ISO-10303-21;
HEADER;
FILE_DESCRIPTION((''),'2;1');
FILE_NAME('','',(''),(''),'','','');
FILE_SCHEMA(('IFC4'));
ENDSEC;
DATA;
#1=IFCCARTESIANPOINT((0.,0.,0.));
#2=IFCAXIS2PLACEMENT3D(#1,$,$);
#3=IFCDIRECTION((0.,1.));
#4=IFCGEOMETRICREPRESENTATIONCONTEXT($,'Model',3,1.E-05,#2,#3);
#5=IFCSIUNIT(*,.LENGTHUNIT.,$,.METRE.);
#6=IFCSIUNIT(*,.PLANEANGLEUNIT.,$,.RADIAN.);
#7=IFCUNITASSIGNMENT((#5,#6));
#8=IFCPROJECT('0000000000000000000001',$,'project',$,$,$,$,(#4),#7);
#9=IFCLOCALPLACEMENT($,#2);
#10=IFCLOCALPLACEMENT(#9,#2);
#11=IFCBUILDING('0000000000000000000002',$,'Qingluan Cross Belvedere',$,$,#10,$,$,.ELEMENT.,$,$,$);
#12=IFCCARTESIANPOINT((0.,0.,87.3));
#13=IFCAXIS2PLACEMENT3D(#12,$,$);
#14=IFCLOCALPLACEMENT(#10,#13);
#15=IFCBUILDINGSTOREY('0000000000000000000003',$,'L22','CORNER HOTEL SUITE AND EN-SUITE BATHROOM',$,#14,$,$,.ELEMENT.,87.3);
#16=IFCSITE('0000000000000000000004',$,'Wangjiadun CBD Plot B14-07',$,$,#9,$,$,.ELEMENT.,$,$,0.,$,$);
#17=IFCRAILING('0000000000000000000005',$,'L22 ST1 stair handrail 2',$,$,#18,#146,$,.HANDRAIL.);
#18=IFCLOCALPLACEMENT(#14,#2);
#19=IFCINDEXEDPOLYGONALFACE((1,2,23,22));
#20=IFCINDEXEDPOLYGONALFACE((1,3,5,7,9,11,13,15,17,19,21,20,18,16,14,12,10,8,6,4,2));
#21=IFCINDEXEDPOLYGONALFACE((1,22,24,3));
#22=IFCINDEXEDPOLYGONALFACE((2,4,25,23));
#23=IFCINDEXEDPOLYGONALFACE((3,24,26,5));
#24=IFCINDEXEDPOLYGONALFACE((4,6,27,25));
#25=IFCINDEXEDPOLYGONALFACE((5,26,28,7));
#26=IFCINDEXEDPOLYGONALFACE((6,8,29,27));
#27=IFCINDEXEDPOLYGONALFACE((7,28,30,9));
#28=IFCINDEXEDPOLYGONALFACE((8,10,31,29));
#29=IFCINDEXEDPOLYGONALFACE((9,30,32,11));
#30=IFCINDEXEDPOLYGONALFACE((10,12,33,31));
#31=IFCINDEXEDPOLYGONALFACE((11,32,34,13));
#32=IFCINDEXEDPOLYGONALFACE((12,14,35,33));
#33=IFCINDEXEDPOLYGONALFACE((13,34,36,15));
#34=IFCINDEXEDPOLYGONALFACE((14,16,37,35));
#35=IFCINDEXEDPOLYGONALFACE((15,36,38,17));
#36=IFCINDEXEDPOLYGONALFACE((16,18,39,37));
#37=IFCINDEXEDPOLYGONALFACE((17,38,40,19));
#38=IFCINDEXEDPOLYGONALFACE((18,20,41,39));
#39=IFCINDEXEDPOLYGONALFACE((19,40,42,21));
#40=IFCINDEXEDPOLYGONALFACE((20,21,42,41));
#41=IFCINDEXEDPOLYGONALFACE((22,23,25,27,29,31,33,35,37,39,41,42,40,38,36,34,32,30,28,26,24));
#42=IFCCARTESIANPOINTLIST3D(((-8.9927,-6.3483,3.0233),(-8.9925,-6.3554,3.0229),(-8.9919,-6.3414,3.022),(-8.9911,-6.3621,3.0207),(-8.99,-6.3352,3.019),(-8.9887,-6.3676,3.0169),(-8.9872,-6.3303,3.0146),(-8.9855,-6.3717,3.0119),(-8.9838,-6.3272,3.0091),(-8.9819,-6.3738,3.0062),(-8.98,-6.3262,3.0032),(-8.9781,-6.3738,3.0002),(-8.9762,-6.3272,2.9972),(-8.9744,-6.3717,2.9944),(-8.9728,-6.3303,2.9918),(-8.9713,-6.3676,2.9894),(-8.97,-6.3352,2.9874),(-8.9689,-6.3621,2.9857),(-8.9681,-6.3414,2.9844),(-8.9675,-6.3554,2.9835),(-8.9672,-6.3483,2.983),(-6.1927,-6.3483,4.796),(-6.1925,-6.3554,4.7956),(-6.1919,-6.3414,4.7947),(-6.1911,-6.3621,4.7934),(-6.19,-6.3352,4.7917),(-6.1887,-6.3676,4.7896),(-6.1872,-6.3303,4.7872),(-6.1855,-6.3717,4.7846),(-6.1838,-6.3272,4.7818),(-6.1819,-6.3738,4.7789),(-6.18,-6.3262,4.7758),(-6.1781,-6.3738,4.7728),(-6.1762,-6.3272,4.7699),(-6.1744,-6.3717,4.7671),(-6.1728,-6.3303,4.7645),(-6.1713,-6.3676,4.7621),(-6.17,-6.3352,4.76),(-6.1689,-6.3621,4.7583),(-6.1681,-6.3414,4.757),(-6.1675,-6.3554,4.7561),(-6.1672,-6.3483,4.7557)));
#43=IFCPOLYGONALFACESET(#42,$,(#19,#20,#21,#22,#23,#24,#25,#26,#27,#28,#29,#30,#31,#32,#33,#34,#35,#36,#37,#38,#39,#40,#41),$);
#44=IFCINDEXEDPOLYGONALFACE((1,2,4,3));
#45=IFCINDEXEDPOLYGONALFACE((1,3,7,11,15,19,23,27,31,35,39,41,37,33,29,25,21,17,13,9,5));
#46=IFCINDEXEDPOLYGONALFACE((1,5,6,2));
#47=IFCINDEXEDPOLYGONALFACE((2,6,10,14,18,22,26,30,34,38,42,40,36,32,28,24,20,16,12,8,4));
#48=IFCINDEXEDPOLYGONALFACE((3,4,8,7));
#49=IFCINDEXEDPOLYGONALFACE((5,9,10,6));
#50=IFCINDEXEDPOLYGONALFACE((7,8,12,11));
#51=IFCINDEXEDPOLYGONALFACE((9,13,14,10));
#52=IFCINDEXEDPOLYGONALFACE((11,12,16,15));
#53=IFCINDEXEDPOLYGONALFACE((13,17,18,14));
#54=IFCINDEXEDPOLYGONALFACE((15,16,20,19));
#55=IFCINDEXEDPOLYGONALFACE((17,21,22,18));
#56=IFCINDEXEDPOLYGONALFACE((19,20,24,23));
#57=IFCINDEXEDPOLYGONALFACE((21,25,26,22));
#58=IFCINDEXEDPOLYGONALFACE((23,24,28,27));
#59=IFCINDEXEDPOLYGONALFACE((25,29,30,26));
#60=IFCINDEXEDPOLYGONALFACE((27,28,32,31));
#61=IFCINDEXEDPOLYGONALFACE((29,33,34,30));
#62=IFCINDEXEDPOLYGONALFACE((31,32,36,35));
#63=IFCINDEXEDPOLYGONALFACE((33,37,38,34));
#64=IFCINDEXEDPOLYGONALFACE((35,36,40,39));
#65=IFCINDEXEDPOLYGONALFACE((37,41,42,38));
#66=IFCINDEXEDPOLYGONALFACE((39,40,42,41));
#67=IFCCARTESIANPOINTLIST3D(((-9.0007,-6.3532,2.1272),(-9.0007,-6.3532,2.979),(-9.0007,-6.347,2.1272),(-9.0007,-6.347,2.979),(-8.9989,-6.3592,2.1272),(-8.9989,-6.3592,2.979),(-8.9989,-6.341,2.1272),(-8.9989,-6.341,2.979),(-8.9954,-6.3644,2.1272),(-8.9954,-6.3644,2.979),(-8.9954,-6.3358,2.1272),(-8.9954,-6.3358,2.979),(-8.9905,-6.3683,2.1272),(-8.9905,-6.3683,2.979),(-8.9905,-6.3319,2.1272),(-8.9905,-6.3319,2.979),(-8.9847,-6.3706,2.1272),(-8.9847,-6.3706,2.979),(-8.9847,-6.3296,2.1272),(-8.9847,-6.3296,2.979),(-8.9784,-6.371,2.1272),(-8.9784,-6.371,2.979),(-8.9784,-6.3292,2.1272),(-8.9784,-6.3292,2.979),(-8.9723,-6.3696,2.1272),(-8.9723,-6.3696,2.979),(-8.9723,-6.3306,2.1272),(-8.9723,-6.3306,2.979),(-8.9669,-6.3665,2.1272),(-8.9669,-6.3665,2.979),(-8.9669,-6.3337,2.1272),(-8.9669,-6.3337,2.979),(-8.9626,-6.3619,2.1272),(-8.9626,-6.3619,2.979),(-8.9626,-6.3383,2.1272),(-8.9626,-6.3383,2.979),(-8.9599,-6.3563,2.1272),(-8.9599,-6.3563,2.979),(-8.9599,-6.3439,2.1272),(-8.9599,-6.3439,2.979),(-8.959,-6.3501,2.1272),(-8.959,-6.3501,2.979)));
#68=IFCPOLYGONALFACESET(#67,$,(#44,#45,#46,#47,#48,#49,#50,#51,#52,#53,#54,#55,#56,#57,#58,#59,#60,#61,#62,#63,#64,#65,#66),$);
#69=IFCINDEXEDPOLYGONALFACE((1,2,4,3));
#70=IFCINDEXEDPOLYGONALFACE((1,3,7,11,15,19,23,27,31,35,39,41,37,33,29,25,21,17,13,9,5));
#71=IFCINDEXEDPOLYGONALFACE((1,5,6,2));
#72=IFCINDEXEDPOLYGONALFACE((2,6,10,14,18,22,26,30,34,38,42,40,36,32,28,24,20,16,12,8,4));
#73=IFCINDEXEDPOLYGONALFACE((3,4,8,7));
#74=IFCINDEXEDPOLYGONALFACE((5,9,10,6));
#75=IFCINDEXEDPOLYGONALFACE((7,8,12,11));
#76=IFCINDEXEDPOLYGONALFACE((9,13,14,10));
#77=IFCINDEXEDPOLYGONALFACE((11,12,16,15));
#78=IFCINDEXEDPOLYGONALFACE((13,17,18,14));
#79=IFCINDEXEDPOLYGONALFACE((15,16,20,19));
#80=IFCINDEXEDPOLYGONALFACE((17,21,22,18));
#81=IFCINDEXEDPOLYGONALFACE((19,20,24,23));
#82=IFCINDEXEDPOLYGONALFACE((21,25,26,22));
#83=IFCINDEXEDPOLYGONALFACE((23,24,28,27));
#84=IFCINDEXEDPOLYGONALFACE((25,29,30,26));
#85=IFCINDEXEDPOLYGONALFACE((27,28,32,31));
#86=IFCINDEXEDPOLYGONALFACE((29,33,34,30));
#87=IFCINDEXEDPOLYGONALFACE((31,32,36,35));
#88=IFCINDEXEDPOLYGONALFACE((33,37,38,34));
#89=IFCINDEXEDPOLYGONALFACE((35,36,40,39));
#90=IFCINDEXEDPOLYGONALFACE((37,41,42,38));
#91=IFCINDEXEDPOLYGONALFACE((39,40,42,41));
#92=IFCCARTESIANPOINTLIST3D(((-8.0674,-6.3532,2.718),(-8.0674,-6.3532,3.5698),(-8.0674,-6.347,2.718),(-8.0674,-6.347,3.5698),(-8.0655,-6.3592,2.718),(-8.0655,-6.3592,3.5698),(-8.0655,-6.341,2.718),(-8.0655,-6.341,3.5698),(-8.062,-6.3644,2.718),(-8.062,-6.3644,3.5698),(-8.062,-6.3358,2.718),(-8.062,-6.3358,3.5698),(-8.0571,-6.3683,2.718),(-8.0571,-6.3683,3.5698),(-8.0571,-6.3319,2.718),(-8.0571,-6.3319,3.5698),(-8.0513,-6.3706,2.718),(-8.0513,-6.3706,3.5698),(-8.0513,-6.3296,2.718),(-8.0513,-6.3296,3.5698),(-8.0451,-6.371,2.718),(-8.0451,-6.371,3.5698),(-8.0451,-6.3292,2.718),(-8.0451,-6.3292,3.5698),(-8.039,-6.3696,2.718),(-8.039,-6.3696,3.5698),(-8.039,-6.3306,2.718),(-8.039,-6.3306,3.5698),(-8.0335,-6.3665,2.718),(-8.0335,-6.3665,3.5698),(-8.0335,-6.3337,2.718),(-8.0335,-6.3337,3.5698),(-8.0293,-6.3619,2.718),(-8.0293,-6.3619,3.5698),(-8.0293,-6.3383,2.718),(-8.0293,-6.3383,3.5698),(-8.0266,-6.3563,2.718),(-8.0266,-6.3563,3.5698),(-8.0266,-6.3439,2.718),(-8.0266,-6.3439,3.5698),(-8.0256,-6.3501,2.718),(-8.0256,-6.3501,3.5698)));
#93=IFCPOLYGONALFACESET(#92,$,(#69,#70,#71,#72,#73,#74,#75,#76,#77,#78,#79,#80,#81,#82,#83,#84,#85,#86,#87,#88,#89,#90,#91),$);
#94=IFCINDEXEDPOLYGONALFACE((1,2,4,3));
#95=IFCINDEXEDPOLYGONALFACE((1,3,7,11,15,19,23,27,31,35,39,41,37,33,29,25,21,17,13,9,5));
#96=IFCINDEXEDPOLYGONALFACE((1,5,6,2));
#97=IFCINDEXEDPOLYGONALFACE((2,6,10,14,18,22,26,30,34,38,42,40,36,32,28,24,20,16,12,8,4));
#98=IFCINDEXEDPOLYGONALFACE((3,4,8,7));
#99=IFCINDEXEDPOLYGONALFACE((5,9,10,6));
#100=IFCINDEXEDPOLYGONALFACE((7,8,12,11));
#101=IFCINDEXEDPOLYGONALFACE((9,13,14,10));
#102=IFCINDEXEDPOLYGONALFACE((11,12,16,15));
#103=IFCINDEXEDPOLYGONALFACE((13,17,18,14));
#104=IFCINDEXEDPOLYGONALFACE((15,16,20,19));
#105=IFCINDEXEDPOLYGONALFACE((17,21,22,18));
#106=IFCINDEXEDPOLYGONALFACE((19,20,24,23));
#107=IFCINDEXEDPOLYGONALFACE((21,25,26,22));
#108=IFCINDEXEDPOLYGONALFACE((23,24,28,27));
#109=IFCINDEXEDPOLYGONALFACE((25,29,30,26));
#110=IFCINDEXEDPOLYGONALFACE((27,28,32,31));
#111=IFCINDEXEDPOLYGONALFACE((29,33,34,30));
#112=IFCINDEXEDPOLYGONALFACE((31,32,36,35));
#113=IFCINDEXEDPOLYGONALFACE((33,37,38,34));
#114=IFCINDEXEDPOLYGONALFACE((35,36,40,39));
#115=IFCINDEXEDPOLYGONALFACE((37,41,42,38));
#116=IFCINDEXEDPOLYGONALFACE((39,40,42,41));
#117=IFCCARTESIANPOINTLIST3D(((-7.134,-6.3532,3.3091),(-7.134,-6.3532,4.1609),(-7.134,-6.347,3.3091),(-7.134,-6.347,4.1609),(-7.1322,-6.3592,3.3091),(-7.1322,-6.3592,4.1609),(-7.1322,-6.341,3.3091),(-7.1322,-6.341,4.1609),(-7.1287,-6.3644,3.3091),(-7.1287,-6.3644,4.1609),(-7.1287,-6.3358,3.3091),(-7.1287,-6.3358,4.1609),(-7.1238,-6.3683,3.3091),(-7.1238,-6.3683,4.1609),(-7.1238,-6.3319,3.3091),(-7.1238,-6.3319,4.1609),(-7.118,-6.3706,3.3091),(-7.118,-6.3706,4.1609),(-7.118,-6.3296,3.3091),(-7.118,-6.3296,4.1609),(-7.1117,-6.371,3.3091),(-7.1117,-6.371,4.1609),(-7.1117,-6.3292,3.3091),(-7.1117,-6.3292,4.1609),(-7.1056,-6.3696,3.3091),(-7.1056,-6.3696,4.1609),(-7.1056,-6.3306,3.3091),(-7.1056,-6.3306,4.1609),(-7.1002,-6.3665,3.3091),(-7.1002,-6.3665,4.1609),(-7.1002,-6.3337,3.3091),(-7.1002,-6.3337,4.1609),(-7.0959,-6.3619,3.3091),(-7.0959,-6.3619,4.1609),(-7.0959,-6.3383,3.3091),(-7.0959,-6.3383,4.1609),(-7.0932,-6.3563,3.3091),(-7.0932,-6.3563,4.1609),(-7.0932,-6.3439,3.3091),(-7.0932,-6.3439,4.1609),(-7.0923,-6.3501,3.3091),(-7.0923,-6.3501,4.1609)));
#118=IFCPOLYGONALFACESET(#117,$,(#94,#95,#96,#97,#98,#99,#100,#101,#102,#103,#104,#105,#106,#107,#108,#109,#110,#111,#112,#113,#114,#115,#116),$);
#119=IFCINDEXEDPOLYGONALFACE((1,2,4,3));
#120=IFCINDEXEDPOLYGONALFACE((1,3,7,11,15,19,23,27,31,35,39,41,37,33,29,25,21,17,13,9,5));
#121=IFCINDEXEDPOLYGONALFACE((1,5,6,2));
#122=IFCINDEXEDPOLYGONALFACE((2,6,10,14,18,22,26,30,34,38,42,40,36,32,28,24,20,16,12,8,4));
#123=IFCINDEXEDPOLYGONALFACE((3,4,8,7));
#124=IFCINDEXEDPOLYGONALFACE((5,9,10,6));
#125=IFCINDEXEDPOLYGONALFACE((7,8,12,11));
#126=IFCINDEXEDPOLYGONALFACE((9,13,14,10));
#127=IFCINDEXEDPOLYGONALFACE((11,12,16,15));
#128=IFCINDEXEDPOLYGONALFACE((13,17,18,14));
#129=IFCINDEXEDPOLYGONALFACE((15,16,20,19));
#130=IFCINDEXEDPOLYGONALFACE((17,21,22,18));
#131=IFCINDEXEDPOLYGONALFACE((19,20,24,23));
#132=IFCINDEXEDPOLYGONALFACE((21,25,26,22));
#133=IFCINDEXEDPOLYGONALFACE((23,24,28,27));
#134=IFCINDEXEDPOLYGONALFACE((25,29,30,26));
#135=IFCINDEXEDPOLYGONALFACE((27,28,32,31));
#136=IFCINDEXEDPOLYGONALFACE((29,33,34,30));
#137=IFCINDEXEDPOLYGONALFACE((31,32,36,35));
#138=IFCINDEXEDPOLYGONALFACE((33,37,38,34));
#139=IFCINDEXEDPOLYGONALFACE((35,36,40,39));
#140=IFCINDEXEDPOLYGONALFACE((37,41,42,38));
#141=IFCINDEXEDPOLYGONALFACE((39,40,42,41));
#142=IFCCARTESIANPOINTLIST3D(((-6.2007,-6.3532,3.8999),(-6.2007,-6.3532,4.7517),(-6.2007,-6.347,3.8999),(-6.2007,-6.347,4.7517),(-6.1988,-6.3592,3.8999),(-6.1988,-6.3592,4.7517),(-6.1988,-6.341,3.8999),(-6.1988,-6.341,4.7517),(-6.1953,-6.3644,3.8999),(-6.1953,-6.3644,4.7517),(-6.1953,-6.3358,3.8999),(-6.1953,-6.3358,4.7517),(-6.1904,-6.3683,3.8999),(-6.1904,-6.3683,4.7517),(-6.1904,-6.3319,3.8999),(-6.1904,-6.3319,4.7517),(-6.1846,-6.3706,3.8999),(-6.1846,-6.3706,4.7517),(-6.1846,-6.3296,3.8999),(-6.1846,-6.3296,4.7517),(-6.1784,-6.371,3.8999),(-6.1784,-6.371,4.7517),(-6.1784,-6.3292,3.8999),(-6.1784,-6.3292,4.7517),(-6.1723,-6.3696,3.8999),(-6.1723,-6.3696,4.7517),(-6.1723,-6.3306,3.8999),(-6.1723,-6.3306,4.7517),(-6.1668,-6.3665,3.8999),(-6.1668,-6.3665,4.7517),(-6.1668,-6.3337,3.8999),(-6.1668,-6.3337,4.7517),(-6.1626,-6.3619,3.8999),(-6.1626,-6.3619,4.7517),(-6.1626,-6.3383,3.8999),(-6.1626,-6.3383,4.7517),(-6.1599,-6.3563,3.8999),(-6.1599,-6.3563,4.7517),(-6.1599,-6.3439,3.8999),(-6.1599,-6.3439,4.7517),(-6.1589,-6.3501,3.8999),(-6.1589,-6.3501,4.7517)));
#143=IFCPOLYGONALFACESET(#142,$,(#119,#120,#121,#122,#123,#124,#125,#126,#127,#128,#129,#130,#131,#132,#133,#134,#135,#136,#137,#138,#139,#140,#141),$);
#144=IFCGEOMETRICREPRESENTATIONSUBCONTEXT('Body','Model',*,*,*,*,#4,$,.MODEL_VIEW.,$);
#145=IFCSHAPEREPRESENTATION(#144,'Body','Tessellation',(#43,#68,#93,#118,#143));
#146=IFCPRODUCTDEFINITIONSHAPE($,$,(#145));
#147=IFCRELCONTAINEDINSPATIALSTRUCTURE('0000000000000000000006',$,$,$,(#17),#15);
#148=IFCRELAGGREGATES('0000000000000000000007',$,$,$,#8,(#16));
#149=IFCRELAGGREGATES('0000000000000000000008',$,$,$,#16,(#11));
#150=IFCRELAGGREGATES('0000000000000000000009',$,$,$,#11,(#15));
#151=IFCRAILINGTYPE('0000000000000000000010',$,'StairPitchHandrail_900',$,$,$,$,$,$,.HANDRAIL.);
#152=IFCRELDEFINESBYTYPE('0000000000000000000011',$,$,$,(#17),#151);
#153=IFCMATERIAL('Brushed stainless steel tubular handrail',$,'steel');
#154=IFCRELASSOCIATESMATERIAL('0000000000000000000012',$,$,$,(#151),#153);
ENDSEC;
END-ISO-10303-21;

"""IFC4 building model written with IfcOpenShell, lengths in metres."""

from ifc_helpers import new_model, si_unit, direction, frame, origin, origin_2d, place, context, subcontext, project, spatial, circle, extrude, material, type_object, element, save


model = new_model("IFC4")

# Units and contexts
model_context = context("Model", 3, precision=1e-05, world=origin(), true_north=direction((0.0, 1.0)))
body_context = subcontext(model_context, "Body", "Model", "MODEL_VIEW")
ifc_project = project(units=[si_unit("LENGTHUNIT", "METRE"), si_unit("PLANEANGLEUNIT", "RADIAN")], contexts=[model_context])

# Site, building, storey
site_placement = place(None, origin())
site = spatial("IfcSite", under=ifc_project, at=site_placement, Name="Wangjiadun CBD Plot B14-07", CompositionType="ELEMENT", RefElevation=0.0)
building_placement = place(site_placement, origin())
building = spatial("IfcBuilding", under=site, at=building_placement, Name="Qingluan Cross Belvedere", CompositionType="ELEMENT")
storey_placement = place(building_placement, frame((0.0, 0.0, 87.3)))
storey = spatial("IfcBuildingStorey", under=building, at=storey_placement, Name="L22", Description="CORNER HOTEL SUITE AND EN-SUITE BATHROOM", CompositionType="ELEMENT", Elevation=87.3)

# Railing
ifc_material_1 = material(Name="Brushed stainless steel tubular handrail", Category="steel")
railing_type_1 = type_object("IfcRailingType", Name="StairPitchHandrail_900", PredefinedType="HANDRAIL", material=ifc_material_1)
railing_1_placement = place(storey_placement, frame((-8.98, -6.3501, 2.1272)))
element("IfcRailing", 1, at=railing_1_placement, inside=storey, type_object=railing_type_1, Name="L22 ST1 stair handrail 2", PredefinedType="HANDRAIL", context=body_context, shape_type="SweptSolid", body=[
    extrude(circle(Radius=0.0239, at=origin_2d()), frame((0.0, 0.0, 0.876), z_axis=(0.844909, 0.0, 0.53491), x_axis=(0.0, 1.0, 0.0)), (0.0, 0.0, 1.0), 3.314),
    extrude(circle(Radius=0.021, at=origin_2d()), origin(), (0.0, 0.0, 1.0), 0.8518),
    extrude(circle(Radius=0.021, at=origin_2d()), frame((0.9333, 0.0, 0.5908)), (0.0, 0.0, 1.0), 0.8518),
    extrude(circle(Radius=0.021, at=origin_2d()), frame((1.8667, 0.0, 1.1819)), (0.0, 0.0, 1.0), 0.8518),
    extrude(circle(Radius=0.021, at=origin_2d()), frame((2.8, 0.0, 1.7727)), (0.0, 0.0, 1.0), 0.8518),
])

save(model, "model.ifc")
